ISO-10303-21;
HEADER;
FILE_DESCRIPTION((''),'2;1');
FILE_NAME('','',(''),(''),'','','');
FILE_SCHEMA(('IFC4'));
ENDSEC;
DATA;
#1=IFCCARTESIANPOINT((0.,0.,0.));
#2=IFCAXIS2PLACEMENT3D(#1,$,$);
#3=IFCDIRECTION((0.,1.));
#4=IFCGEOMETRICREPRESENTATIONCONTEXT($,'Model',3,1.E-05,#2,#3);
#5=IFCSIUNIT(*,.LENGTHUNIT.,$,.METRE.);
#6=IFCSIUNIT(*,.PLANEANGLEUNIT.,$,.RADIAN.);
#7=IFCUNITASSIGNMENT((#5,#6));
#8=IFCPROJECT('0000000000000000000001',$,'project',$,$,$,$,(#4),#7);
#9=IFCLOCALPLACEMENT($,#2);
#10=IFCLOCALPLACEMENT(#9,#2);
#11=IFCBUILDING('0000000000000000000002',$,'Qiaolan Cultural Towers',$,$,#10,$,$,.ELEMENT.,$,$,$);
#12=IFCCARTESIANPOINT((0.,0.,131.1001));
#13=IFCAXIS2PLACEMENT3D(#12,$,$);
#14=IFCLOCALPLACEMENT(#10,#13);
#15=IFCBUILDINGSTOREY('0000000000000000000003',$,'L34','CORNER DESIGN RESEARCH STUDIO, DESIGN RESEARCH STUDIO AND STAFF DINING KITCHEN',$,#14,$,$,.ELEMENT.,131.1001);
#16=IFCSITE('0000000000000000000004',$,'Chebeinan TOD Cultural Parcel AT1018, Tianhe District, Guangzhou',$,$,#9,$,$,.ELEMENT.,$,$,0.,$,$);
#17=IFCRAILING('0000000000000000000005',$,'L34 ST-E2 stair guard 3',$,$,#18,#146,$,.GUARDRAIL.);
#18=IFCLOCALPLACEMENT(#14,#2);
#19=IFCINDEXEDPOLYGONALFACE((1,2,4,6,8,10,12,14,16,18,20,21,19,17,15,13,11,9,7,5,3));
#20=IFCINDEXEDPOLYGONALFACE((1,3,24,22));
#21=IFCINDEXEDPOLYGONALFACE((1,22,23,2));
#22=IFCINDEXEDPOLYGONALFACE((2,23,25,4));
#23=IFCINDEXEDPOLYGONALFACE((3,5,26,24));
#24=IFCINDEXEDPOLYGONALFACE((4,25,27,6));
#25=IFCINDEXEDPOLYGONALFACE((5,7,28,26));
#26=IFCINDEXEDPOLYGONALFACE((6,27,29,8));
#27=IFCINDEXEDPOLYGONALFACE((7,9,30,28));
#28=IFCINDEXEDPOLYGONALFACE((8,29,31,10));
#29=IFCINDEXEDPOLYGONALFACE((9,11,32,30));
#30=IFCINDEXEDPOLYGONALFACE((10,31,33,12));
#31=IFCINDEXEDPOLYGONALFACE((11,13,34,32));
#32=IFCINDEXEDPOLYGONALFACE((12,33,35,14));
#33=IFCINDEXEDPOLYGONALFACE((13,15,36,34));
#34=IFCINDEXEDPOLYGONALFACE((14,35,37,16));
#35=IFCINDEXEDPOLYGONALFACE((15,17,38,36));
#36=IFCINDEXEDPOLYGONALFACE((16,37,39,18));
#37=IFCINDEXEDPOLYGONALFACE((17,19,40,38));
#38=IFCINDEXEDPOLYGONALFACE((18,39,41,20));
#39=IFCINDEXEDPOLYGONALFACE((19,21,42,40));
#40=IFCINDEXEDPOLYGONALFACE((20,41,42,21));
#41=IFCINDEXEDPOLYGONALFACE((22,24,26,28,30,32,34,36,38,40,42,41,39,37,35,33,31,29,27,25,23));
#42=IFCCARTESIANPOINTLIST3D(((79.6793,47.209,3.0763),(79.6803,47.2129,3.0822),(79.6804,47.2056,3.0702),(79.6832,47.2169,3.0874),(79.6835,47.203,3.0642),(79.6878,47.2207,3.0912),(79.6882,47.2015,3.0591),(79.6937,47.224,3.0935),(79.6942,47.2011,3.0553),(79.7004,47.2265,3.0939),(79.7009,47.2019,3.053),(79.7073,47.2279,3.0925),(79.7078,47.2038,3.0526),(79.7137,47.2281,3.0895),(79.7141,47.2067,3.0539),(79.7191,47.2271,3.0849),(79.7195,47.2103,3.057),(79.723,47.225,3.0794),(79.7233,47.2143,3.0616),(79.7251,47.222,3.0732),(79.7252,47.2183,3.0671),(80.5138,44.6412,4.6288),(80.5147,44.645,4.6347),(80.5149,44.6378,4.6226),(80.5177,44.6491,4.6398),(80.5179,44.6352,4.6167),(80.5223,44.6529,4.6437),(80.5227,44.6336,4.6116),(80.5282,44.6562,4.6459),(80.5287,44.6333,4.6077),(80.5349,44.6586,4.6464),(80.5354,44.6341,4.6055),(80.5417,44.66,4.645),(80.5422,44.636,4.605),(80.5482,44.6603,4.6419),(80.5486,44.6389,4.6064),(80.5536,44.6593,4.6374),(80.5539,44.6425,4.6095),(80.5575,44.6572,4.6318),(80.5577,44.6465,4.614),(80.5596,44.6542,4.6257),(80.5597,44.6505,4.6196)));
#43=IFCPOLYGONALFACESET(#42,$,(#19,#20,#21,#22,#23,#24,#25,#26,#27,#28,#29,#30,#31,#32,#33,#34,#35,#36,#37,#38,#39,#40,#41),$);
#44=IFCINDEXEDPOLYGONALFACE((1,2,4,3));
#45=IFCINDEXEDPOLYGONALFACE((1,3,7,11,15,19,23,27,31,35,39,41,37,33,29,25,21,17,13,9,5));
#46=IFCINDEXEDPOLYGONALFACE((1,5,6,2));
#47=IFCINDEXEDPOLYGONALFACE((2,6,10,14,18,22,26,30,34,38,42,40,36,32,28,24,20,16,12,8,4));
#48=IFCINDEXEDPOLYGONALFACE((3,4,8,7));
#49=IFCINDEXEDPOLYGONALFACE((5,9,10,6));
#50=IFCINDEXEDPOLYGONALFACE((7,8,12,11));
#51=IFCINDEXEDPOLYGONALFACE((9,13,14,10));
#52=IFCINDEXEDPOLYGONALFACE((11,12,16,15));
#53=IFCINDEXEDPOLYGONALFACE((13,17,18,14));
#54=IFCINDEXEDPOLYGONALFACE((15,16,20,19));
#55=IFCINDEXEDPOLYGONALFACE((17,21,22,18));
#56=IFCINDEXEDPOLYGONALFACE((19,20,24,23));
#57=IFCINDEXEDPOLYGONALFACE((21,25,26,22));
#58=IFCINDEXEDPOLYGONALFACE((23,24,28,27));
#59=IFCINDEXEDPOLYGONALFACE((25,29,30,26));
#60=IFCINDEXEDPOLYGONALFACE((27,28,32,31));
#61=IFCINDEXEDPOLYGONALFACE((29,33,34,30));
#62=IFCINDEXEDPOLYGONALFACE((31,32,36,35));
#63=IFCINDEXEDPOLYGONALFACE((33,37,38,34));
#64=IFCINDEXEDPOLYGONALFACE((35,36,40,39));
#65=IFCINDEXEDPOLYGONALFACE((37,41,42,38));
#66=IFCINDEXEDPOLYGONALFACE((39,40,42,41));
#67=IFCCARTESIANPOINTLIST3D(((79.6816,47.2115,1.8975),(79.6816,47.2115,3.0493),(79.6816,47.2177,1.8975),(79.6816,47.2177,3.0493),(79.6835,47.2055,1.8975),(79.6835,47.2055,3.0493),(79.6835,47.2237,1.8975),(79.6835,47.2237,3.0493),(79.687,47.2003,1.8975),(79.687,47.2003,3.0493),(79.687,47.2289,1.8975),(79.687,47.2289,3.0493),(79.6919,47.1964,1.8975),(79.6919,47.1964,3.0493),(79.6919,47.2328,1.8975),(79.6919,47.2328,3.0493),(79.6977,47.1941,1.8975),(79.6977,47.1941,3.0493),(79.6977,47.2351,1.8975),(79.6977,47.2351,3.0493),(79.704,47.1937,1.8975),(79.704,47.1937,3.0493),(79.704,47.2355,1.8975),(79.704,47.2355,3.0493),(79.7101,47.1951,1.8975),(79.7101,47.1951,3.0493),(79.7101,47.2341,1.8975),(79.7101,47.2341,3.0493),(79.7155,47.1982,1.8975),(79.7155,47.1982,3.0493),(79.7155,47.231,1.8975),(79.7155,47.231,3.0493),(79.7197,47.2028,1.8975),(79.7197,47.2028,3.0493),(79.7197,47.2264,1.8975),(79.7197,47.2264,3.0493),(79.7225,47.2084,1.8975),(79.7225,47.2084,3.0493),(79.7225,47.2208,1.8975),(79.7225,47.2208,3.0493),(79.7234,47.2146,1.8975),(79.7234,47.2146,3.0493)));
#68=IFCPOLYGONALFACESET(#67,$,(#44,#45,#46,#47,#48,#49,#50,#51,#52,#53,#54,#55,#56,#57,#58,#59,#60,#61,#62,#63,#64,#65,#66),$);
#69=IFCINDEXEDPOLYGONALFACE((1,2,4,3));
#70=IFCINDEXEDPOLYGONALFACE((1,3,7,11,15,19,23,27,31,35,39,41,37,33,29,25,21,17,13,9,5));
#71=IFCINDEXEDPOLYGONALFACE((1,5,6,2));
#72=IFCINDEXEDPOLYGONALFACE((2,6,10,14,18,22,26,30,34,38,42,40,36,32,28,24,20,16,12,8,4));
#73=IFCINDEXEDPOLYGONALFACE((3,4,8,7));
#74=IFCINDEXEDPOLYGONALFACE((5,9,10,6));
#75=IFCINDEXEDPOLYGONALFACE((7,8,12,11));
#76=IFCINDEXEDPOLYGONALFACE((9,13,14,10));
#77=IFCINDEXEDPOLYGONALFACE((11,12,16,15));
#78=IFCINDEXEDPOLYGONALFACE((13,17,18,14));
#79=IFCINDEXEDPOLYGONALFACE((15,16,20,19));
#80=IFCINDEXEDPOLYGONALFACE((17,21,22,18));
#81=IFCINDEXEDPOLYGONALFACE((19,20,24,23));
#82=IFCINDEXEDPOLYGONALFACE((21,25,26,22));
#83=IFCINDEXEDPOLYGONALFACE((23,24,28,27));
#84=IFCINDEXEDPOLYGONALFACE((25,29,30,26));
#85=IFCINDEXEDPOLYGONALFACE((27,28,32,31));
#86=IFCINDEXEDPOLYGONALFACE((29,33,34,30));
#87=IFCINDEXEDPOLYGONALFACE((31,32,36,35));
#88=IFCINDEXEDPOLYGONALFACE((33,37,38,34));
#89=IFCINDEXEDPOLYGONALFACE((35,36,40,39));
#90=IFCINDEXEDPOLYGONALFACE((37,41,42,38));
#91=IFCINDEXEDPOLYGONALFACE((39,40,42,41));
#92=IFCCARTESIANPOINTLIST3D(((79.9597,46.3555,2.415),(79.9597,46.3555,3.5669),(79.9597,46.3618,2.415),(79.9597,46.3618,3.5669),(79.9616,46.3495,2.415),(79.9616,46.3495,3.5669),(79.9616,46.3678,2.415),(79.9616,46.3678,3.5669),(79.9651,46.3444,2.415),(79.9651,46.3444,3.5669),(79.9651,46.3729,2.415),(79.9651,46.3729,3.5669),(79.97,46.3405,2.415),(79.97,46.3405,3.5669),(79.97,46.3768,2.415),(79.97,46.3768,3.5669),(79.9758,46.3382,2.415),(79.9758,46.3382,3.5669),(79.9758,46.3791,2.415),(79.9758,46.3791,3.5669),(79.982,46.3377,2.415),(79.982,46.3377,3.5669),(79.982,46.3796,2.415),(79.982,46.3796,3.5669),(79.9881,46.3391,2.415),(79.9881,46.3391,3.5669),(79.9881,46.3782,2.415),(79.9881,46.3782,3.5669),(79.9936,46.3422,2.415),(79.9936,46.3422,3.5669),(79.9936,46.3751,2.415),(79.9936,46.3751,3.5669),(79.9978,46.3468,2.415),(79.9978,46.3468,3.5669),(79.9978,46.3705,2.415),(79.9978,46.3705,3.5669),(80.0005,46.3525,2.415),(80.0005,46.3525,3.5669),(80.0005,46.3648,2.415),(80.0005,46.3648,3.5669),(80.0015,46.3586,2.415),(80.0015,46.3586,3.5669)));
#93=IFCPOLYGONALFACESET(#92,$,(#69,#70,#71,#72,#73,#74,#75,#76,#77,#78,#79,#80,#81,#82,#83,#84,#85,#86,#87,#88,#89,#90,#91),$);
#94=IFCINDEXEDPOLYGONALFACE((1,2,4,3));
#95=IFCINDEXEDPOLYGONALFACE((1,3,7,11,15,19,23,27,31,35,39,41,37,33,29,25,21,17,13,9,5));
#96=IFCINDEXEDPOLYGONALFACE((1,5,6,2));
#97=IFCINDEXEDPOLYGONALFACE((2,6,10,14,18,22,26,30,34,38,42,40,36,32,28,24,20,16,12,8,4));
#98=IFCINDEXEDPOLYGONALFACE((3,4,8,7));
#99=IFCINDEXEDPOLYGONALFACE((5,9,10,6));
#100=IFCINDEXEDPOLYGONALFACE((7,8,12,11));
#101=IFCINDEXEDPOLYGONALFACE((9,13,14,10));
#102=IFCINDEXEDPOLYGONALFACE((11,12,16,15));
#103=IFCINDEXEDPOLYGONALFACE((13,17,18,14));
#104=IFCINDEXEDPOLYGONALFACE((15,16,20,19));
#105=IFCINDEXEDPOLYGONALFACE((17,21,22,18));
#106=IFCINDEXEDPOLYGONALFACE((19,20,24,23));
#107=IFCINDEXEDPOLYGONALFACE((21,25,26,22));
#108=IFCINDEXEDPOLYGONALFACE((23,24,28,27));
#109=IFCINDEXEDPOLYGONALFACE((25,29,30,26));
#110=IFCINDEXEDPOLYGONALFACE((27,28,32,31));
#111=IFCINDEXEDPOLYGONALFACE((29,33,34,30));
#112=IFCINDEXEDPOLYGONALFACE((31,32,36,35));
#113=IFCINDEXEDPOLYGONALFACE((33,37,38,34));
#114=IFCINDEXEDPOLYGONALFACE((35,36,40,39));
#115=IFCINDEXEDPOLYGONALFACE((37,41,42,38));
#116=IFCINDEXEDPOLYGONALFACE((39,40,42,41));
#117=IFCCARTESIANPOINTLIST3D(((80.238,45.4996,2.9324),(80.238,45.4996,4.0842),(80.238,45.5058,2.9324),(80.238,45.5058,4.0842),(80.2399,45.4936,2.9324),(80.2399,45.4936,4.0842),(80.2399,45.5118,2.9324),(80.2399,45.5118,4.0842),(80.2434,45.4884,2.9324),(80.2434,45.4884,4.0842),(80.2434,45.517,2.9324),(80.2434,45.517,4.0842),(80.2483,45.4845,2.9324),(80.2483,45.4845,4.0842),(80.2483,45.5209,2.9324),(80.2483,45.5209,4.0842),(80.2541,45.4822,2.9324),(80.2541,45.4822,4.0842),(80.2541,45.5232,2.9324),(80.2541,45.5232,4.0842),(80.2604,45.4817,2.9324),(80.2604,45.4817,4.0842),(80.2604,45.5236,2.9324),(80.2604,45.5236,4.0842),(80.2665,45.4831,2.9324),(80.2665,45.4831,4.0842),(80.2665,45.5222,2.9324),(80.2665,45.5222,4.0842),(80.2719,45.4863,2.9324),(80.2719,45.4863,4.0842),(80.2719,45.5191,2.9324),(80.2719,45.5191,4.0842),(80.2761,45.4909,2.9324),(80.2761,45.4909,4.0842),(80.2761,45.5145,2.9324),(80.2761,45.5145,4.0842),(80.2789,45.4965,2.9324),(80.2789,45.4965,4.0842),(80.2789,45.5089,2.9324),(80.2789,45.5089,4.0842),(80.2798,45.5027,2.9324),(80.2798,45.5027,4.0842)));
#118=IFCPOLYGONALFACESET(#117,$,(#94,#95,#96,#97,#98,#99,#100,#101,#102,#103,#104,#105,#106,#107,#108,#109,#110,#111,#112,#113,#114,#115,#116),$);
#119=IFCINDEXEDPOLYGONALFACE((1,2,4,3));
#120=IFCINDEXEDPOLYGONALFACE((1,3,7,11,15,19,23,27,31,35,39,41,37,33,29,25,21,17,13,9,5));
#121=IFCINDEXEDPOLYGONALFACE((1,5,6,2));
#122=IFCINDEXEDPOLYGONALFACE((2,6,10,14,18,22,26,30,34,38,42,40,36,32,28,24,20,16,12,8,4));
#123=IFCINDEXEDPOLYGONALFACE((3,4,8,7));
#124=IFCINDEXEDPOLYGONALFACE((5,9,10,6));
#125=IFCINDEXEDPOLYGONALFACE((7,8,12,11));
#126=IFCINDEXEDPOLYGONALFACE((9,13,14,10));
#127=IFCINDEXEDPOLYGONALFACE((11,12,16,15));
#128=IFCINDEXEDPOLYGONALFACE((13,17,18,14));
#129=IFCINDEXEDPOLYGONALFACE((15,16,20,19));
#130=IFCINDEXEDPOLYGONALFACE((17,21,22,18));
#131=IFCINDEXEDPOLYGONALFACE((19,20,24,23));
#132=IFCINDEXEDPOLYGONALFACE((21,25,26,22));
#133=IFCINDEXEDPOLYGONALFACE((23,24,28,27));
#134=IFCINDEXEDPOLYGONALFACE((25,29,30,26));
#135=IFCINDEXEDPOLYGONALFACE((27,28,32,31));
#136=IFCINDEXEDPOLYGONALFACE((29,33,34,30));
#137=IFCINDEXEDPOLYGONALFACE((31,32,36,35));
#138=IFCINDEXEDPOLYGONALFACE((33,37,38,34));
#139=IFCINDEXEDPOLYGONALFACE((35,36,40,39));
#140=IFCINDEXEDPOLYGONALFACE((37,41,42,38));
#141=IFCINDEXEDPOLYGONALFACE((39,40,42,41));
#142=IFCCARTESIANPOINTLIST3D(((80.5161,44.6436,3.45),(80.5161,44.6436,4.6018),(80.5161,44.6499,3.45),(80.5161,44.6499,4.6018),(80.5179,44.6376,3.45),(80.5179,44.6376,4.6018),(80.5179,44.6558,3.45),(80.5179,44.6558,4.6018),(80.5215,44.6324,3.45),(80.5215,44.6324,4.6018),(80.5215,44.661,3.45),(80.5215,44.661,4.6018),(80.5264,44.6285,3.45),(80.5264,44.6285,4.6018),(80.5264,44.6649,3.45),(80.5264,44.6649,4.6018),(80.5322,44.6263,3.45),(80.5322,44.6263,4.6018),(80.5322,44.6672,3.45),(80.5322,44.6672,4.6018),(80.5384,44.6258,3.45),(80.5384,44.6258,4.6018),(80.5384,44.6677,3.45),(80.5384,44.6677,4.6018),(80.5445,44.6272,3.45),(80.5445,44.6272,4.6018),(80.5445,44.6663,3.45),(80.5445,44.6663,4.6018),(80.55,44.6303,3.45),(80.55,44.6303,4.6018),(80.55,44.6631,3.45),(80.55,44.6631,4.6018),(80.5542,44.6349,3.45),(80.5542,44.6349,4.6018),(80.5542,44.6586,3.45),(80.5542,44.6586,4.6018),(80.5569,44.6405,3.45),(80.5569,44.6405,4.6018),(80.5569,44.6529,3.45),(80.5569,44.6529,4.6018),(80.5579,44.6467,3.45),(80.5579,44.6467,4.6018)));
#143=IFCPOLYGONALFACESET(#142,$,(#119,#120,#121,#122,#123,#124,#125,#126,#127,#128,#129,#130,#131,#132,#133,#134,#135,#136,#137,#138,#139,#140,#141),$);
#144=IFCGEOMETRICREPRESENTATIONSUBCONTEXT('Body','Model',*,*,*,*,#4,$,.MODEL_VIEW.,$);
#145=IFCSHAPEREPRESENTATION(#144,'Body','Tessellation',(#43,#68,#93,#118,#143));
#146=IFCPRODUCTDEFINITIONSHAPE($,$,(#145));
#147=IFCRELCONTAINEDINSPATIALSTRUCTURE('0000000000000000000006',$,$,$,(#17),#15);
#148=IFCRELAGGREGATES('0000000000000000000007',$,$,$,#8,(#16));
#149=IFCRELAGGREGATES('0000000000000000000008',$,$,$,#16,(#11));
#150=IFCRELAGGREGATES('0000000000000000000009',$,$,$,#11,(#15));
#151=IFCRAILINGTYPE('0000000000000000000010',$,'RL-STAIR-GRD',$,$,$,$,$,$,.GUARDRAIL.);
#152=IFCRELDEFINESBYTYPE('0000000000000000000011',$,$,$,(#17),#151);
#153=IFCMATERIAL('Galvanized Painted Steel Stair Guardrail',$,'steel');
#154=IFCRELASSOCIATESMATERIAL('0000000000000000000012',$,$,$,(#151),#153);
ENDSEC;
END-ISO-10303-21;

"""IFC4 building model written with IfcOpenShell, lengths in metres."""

from ifc_helpers import new_model, si_unit, direction, frame, origin, origin_2d, place, context, subcontext, project, spatial, circle, extrude, material, type_object, element, save


model = new_model("IFC4")

# Units and contexts
model_context = context("Model", 3, precision=1e-05, world=origin(), true_north=direction((0.0, 1.0)))
body_context = subcontext(model_context, "Body", "Model", "MODEL_VIEW")
ifc_project = project(units=[si_unit("LENGTHUNIT", "METRE"), si_unit("PLANEANGLEUNIT", "RADIAN")], contexts=[model_context])

# Site, building, storey
site_placement = place(None, origin())
site = spatial("IfcSite", under=ifc_project, at=site_placement, Name="Chebeinan TOD Cultural Parcel AT1018, Tianhe District, Guangzhou", CompositionType="ELEMENT", RefElevation=0.0)
building_placement = place(site_placement, origin())
building = spatial("IfcBuilding", under=site, at=building_placement, Name="Qiaolan Cultural Towers", CompositionType="ELEMENT")
storey_placement = place(building_placement, frame((0.0, 0.0, 131.1001)))
storey = spatial("IfcBuildingStorey", under=building, at=storey_placement, Name="L34", Description="CORNER DESIGN RESEARCH STUDIO, DESIGN RESEARCH STUDIO AND STAFF DINING KITCHEN", CompositionType="ELEMENT", Elevation=131.1001)

# Railing
ifc_material_1 = material(Name="Galvanized Painted Steel Stair Guardrail", Category="steel")
railing_type_1 = type_object("IfcRailingType", Name="RL-STAIR-GRD", PredefinedType="GUARDRAIL", material=ifc_material_1)
railing_1_placement = place(storey_placement, frame((79.7024, 47.2146, 1.8975)))
element("IfcRailing", 1, at=railing_1_placement, inside=storey, type_object=railing_type_1, Name="L34 ST-E2 stair guard 3", PredefinedType="GUARDRAIL", context=body_context, shape_type="SweptSolid", body=[
    extrude(circle(Radius=0.0239, at=origin_2d()), frame((0.0, 0.0, 1.1758), z_axis=(0.267926, -0.824471, 0.498461), x_axis=(0.951043, 0.309057, 0.0)), (0.0, 0.0, 1.0), 3.1145),
    extrude(circle(Radius=0.021, at=origin_2d()), origin(), (0.0, 0.0, 1.0), 1.1519),
    extrude(circle(Radius=0.021, at=origin_2d()), frame((0.2781, -0.856, 0.5176)), (0.0, 0.0, 1.0), 1.1519),
    extrude(circle(Radius=0.021, at=origin_2d()), frame((0.5564, -1.7119, 1.0349)), (0.0, 0.0, 1.0), 1.1519),
    extrude(circle(Radius=0.021, at=origin_2d()), frame((0.8345, -2.5679, 1.5525)), (0.0, 0.0, 1.0), 1.1519),
])

save(model, "model.ifc")
